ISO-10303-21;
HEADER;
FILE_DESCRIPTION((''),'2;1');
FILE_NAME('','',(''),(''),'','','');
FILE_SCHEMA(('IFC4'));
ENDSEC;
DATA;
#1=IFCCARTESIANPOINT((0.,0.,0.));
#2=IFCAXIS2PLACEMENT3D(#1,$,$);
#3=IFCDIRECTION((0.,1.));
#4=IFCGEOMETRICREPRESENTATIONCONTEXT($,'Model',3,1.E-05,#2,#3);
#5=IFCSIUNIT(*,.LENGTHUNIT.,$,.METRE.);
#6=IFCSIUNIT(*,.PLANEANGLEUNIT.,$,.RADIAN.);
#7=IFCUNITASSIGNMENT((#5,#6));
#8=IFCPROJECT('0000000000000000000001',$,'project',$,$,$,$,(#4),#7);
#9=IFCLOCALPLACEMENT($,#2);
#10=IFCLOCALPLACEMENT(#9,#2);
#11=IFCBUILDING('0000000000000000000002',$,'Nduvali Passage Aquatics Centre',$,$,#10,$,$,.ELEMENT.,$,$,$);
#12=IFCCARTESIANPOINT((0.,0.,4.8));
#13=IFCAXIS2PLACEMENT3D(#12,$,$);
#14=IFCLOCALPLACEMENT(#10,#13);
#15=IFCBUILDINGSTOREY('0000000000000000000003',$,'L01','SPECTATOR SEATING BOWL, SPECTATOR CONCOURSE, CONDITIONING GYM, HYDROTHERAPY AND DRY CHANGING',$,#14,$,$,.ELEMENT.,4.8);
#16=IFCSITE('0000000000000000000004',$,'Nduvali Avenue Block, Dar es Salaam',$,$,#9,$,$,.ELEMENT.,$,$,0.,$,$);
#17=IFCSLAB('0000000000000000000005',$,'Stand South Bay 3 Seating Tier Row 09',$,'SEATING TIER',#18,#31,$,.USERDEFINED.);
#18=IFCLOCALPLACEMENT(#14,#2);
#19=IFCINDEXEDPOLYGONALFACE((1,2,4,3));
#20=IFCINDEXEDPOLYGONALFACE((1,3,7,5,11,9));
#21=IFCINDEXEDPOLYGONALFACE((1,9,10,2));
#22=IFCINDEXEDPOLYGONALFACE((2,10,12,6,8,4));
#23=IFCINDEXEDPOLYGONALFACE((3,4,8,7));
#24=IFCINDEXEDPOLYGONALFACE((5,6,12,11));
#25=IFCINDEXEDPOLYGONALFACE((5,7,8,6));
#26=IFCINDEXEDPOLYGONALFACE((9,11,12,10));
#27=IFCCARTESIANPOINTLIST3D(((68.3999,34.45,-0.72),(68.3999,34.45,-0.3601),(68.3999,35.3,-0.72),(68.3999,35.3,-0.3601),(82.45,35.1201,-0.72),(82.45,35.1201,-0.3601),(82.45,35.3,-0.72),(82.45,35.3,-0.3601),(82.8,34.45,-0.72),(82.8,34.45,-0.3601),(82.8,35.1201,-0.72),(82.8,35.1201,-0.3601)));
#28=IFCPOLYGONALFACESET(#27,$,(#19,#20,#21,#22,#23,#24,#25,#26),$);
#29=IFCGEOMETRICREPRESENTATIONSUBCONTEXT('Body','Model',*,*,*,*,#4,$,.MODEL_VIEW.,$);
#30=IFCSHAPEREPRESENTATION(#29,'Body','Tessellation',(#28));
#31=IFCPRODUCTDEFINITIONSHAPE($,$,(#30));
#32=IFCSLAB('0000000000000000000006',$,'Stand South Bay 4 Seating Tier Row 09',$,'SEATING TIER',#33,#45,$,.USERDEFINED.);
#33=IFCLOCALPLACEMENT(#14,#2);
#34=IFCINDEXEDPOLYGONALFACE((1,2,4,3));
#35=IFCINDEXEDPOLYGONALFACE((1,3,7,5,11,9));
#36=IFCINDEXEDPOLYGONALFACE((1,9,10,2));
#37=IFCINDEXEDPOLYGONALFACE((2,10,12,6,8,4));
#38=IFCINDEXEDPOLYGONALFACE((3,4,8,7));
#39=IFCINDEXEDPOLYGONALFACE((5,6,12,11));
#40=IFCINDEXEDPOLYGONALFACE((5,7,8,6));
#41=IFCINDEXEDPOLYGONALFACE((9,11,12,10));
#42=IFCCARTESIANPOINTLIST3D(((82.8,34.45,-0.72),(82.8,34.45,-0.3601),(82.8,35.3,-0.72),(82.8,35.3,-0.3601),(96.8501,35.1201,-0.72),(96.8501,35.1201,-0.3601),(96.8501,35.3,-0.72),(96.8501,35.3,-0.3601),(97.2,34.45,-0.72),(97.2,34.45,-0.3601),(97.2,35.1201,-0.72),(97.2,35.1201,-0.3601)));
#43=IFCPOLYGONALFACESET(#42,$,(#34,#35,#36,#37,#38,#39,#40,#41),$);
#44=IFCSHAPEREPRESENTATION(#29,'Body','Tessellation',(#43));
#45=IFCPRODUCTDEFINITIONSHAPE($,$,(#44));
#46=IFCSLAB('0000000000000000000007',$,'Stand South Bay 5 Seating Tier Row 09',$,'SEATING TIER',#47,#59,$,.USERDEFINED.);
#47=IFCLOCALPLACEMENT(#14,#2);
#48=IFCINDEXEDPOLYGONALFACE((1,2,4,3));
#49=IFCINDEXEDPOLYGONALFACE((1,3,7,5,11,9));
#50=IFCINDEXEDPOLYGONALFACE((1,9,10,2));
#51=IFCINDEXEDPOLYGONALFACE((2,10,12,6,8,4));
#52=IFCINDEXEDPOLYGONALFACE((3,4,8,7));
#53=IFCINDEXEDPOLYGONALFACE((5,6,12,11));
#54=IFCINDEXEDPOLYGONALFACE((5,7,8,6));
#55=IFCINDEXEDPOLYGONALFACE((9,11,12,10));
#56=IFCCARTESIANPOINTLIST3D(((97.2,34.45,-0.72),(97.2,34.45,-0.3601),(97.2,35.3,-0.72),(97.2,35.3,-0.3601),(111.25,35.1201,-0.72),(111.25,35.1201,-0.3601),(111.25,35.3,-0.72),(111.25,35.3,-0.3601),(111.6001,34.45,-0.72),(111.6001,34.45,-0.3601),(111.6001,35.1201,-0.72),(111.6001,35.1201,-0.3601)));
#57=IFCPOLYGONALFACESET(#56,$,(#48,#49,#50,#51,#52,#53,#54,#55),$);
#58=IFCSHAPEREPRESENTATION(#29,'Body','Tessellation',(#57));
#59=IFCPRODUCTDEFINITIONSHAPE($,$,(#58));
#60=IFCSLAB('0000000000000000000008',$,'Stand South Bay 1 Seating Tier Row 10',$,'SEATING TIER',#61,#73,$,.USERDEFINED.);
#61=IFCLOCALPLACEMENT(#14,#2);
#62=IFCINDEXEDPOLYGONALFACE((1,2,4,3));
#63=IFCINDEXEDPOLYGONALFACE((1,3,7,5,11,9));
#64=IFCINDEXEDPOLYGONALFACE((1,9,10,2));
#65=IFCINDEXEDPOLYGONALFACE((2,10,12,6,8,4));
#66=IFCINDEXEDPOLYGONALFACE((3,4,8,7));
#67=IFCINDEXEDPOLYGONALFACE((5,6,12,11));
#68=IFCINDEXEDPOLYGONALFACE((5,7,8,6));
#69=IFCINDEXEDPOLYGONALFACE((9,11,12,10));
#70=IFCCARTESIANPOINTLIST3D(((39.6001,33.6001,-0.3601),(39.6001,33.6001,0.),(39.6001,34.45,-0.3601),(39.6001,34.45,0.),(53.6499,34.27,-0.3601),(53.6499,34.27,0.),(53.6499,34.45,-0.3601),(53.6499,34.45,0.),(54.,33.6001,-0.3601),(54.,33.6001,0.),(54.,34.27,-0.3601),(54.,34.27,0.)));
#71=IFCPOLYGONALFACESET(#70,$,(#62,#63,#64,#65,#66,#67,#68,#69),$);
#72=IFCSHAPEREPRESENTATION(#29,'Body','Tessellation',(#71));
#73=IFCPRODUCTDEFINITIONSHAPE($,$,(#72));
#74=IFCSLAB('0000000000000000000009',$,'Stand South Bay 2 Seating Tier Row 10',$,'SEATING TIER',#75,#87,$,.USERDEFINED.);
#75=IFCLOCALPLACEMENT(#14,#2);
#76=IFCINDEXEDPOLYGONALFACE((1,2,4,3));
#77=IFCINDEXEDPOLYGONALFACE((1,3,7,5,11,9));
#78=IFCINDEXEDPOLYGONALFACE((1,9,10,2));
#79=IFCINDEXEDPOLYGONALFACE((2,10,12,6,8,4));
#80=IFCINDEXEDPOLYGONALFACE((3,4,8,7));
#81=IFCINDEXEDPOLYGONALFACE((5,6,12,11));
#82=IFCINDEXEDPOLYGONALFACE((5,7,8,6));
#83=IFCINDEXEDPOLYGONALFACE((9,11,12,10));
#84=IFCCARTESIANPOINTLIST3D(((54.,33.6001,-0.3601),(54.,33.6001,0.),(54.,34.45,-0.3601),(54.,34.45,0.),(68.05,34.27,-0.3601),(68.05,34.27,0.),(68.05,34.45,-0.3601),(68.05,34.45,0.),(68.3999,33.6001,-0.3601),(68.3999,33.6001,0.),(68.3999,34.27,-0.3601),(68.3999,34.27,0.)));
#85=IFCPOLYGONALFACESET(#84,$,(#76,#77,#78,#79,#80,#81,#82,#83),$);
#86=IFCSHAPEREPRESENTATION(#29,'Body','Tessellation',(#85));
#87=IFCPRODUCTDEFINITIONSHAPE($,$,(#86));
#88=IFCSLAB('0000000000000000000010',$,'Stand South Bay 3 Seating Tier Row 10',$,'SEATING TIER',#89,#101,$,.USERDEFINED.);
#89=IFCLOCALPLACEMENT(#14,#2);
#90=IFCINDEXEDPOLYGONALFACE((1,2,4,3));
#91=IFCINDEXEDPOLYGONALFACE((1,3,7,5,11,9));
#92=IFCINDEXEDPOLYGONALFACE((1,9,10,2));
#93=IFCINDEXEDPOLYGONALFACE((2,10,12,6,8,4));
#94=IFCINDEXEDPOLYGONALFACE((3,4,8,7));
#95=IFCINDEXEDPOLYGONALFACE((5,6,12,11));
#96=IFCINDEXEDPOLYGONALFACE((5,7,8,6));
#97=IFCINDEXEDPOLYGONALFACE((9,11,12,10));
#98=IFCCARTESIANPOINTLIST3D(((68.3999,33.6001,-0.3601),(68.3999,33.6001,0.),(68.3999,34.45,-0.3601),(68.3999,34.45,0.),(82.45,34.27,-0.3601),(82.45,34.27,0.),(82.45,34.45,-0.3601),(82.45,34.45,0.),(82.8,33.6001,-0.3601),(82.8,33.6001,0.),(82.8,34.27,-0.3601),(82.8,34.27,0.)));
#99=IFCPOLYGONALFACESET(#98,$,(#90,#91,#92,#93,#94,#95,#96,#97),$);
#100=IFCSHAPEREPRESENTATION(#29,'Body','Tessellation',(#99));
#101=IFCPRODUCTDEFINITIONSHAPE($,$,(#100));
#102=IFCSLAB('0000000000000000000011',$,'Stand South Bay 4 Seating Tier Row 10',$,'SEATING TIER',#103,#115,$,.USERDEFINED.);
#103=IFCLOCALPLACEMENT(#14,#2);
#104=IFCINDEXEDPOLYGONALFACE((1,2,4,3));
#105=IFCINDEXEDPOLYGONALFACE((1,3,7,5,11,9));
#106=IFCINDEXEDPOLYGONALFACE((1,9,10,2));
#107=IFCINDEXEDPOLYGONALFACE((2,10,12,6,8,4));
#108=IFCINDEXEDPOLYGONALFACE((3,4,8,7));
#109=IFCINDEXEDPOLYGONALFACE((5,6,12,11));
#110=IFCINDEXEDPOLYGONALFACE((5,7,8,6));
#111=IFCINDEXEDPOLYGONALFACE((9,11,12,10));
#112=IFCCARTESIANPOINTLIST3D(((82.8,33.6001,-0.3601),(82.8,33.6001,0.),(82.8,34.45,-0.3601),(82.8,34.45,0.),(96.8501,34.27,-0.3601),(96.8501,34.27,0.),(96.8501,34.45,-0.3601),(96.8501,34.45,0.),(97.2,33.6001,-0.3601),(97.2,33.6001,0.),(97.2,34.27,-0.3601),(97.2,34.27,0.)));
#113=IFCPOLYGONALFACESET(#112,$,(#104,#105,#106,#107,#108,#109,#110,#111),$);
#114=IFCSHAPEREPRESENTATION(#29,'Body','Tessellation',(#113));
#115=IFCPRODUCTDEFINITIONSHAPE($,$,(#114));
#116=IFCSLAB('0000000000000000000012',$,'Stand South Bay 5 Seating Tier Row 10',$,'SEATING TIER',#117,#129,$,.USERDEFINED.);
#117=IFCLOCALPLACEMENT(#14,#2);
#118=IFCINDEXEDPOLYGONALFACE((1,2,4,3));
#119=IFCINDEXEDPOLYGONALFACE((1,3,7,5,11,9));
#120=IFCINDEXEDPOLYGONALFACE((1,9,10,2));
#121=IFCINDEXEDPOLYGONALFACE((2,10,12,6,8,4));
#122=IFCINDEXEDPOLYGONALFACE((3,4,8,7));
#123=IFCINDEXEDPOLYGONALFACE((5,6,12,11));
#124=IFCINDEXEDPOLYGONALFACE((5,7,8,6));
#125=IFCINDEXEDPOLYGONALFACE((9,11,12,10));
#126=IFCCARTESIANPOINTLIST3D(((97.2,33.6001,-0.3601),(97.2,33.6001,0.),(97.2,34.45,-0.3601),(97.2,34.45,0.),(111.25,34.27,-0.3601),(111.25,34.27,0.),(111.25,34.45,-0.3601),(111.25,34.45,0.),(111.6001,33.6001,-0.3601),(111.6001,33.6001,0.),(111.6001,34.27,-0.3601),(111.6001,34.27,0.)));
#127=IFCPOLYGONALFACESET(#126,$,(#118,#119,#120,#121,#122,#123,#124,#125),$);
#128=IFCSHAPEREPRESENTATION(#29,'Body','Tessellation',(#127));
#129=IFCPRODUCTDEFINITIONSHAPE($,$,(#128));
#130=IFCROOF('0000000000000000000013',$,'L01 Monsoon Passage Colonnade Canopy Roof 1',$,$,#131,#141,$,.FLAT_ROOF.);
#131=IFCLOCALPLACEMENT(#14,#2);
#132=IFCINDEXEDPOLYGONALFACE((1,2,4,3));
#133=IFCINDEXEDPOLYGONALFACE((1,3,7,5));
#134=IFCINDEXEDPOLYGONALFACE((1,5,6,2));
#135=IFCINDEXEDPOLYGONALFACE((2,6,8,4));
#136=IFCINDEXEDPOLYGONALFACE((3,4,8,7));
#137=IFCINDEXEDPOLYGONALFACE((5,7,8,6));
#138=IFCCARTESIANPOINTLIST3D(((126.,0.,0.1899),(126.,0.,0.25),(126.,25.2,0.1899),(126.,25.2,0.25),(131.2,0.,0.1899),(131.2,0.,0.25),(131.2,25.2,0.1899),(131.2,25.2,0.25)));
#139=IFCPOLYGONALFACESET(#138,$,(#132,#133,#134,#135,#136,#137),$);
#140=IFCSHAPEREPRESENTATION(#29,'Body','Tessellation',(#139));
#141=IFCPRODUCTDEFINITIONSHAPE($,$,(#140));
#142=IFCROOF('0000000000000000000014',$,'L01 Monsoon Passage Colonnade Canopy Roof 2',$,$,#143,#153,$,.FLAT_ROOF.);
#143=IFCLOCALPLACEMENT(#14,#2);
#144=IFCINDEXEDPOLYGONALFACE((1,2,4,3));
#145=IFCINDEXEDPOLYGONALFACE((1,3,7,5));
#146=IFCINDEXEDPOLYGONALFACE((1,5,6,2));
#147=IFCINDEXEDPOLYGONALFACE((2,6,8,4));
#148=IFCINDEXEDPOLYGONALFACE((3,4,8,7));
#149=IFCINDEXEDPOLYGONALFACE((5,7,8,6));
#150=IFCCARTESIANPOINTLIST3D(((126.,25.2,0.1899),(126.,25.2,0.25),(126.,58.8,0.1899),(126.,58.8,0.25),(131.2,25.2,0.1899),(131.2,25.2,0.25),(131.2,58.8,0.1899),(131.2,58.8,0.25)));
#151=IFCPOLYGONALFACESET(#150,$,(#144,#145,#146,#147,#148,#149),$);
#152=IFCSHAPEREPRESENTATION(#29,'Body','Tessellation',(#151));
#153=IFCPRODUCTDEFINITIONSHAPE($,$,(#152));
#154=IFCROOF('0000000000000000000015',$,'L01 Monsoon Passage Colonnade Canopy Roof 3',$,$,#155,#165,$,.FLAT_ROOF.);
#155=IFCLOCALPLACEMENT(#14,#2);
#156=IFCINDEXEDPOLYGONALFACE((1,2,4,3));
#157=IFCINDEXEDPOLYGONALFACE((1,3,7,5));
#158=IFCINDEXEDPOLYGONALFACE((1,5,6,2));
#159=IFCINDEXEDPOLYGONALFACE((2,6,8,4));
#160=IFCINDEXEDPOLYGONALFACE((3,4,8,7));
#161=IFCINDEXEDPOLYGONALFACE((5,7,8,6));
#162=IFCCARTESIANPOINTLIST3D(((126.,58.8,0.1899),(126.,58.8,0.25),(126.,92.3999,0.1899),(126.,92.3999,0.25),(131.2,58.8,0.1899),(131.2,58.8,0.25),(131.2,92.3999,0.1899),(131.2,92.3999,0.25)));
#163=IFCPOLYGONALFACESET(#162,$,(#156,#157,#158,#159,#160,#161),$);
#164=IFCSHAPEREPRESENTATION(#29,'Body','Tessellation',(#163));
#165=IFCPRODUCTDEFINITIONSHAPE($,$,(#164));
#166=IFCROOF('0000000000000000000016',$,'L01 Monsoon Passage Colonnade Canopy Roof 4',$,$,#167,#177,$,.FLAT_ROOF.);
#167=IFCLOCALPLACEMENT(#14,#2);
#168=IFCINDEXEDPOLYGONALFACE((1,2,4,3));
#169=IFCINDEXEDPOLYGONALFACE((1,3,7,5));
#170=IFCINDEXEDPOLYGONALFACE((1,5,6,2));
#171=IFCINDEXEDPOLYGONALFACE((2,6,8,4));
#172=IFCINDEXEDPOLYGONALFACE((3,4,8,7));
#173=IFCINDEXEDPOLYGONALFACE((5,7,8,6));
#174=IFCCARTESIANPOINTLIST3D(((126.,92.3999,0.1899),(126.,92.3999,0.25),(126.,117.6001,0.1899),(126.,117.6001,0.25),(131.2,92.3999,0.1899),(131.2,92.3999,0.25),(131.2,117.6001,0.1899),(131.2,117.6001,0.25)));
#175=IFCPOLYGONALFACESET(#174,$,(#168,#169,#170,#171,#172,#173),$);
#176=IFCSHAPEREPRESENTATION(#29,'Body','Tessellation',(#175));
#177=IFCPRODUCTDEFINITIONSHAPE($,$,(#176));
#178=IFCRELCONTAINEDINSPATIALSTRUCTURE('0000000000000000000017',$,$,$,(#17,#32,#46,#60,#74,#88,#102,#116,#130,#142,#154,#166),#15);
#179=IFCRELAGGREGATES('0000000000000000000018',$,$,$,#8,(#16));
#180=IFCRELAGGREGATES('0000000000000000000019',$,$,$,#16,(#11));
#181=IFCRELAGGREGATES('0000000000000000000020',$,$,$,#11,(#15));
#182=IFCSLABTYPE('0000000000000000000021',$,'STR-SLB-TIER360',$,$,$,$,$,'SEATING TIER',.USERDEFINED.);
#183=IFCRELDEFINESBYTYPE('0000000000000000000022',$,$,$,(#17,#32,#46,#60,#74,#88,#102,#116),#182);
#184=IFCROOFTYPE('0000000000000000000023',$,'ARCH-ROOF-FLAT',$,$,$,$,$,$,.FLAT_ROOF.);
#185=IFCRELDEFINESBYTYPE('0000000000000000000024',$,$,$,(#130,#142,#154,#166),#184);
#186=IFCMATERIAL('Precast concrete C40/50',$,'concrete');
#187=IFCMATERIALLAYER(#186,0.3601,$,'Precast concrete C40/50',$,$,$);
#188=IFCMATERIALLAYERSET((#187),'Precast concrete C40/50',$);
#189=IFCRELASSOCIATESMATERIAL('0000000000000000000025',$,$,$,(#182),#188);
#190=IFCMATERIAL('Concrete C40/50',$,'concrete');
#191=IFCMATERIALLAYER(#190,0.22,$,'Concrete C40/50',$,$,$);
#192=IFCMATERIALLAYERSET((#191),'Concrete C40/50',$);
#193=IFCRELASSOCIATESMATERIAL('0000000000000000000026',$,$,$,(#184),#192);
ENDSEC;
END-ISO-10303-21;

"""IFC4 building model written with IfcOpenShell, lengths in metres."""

from ifc_helpers import new_model, si_unit, direction, frame, origin, place, context, subcontext, project, spatial, polyline, outline, extrude, material, layer, layer_set, type_object, element, save


model = new_model("IFC4")

# Units and contexts
model_context = context("Model", 3, precision=1e-05, world=origin(), true_north=direction((0.0, 1.0)))
body_context = subcontext(model_context, "Body", "Model", "MODEL_VIEW")
ifc_project = project(units=[si_unit("LENGTHUNIT", "METRE"), si_unit("PLANEANGLEUNIT", "RADIAN")], contexts=[model_context])

# Site, building, storey
site_placement = place(None, origin())
site = spatial("IfcSite", under=ifc_project, at=site_placement, Name="Nduvali Avenue Block, Dar es Salaam", CompositionType="ELEMENT", RefElevation=0.0)
building_placement = place(site_placement, origin())
building = spatial("IfcBuilding", under=site, at=building_placement, Name="Nduvali Passage Aquatics Centre", CompositionType="ELEMENT")
storey_placement = place(building_placement, frame((0.0, 0.0, 4.8)))
storey = spatial("IfcBuildingStorey", under=building, at=storey_placement, Name="L01", Description="SPECTATOR SEATING BOWL, SPECTATOR CONCOURSE, CONDITIONING GYM, HYDROTHERAPY AND DRY CHANGING", CompositionType="ELEMENT", Elevation=4.8)

# Slabs
ifc_material_1 = material(Name="Concrete C40/50", Category="concrete")
ifc_material_2 = material(Name="Precast concrete C40/50", Category="concrete")
ifc_layer_1 = layer(ifc_material_2, 0.3601, Name="Precast concrete C40/50")
ifc_layer_set_1 = layer_set([ifc_layer_1], Name="Precast concrete C40/50")
slab_type_1 = type_object("IfcSlabType", Name="STR-SLB-TIER360", ElementType="SEATING TIER", PredefinedType="USERDEFINED", material=ifc_layer_set_1)
slab_1_placement = place(storey_placement, frame((0.0, 0.0, -0.72)))
element("IfcSlab", 1, at=slab_1_placement, inside=storey, type_object=slab_type_1, Name="Stand South Bay 3 Seating Tier Row 09", ObjectType="SEATING TIER", PredefinedType="USERDEFINED", context=body_context, shape_type="SweptSolid", body=[
    extrude(outline(polyline([(68.3999, 34.45), (82.8, 34.45), (82.8, 35.1201), (82.45, 35.1201), (82.45, 35.3), (68.3999, 35.3), (68.3999, 34.45)])), origin(), (0.0, 0.0, 1.0), 0.3599),
])
slab_2_placement = place(storey_placement, frame((0.0, 0.0, -0.72)))
element("IfcSlab", 2, at=slab_2_placement, inside=storey, type_object=slab_type_1, Name="Stand South Bay 4 Seating Tier Row 09", ObjectType="SEATING TIER", PredefinedType="USERDEFINED", context=body_context, shape_type="SweptSolid", body=[
    extrude(outline(polyline([(82.8, 34.45), (97.2, 34.45), (97.2, 35.1201), (96.8501, 35.1201), (96.8501, 35.3), (82.8, 35.3), (82.8, 34.45)])), origin(), (0.0, 0.0, 1.0), 0.3599),
])
slab_3_placement = place(storey_placement, frame((0.0, 0.0, -0.72)))
element("IfcSlab", 3, at=slab_3_placement, inside=storey, type_object=slab_type_1, Name="Stand South Bay 5 Seating Tier Row 09", ObjectType="SEATING TIER", PredefinedType="USERDEFINED", context=body_context, shape_type="SweptSolid", body=[
    extrude(outline(polyline([(97.2, 34.45), (111.6001, 34.45), (111.6001, 35.1201), (111.25, 35.1201), (111.25, 35.3), (97.2, 35.3), (97.2, 34.45)])), origin(), (0.0, 0.0, 1.0), 0.3599),
])
slab_4_placement = place(storey_placement, frame((0.0, 0.0, -0.3601)))
element("IfcSlab", 4, at=slab_4_placement, inside=storey, type_object=slab_type_1, Name="Stand South Bay 1 Seating Tier Row 10", ObjectType="SEATING TIER", PredefinedType="USERDEFINED", context=body_context, shape_type="SweptSolid", body=[
    extrude(outline(polyline([(39.6001, 33.6001), (54.0, 33.6001), (54.0, 34.27), (53.6499, 34.27), (53.6499, 34.45), (39.6001, 34.45), (39.6001, 33.6001)])), origin(), (0.0, 0.0, 1.0), 0.3601),
])
slab_5_placement = place(storey_placement, frame((0.0, 0.0, -0.3601)))
element("IfcSlab", 5, at=slab_5_placement, inside=storey, type_object=slab_type_1, Name="Stand South Bay 2 Seating Tier Row 10", ObjectType="SEATING TIER", PredefinedType="USERDEFINED", context=body_context, shape_type="SweptSolid", body=[
    extrude(outline(polyline([(54.0, 33.6001), (68.3999, 33.6001), (68.3999, 34.27), (68.05, 34.27), (68.05, 34.45), (54.0, 34.45), (54.0, 33.6001)])), origin(), (0.0, 0.0, 1.0), 0.3601),
])
slab_6_placement = place(storey_placement, frame((0.0, 0.0, -0.3601)))
element("IfcSlab", 6, at=slab_6_placement, inside=storey, type_object=slab_type_1, Name="Stand South Bay 3 Seating Tier Row 10", ObjectType="SEATING TIER", PredefinedType="USERDEFINED", context=body_context, shape_type="SweptSolid", body=[
    extrude(outline(polyline([(68.3999, 33.6001), (82.8, 33.6001), (82.8, 34.27), (82.45, 34.27), (82.45, 34.45), (68.3999, 34.45), (68.3999, 33.6001)])), origin(), (0.0, 0.0, 1.0), 0.3601),
])
slab_7_placement = place(storey_placement, frame((0.0, 0.0, -0.3601)))
element("IfcSlab", 7, at=slab_7_placement, inside=storey, type_object=slab_type_1, Name="Stand South Bay 4 Seating Tier Row 10", ObjectType="SEATING TIER", PredefinedType="USERDEFINED", context=body_context, shape_type="SweptSolid", body=[
    extrude(outline(polyline([(82.8, 33.6001), (97.2, 33.6001), (97.2, 34.27), (96.8501, 34.27), (96.8501, 34.45), (82.8, 34.45), (82.8, 33.6001)])), origin(), (0.0, 0.0, 1.0), 0.3601),
])
slab_8_placement = place(storey_placement, frame((0.0, 0.0, -0.3601)))
element("IfcSlab", 8, at=slab_8_placement, inside=storey, type_object=slab_type_1, Name="Stand South Bay 5 Seating Tier Row 10", ObjectType="SEATING TIER", PredefinedType="USERDEFINED", context=body_context, shape_type="SweptSolid", body=[
    extrude(outline(polyline([(97.2, 33.6001), (111.6001, 33.6001), (111.6001, 34.27), (111.25, 34.27), (111.25, 34.45), (97.2, 34.45), (97.2, 33.6001)])), origin(), (0.0, 0.0, 1.0), 0.3601),
])

# Roofs
ifc_layer_2 = layer(ifc_material_1, 0.22, Name="Concrete C40/50")
ifc_layer_set_2 = layer_set([ifc_layer_2], Name="Concrete C40/50")
roof_type = type_object("IfcRoofType", Name="ARCH-ROOF-FLAT", PredefinedType="FLAT_ROOF", material=ifc_layer_set_2)
roof_1_placement = place(storey_placement, frame((0.0, 0.0, 0.1899)))
element("IfcRoof", 9, at=roof_1_placement, inside=storey, type_object=roof_type, Name="L01 Monsoon Passage Colonnade Canopy Roof 1", PredefinedType="FLAT_ROOF", context=body_context, shape_type="SweptSolid", body=[
    extrude(outline(polyline([(126.0, 0.0), (131.2, 0.0), (131.2, 25.2), (126.0, 25.2), (126.0, 0.0)])), origin(), (0.0, 0.0, 1.0), 0.0601),
])
roof_2_placement = place(storey_placement, frame((0.0, 0.0, 0.1899)))
element("IfcRoof", 10, at=roof_2_placement, inside=storey, type_object=roof_type, Name="L01 Monsoon Passage Colonnade Canopy Roof 2", PredefinedType="FLAT_ROOF", context=body_context, shape_type="SweptSolid", body=[
    extrude(outline(polyline([(126.0, 25.2), (131.2, 25.2), (131.2, 58.8), (126.0, 58.8), (126.0, 25.2)])), origin(), (0.0, 0.0, 1.0), 0.0601),
])
roof_3_placement = place(storey_placement, frame((0.0, 0.0, 0.1899)))
element("IfcRoof", 11, at=roof_3_placement, inside=storey, type_object=roof_type, Name="L01 Monsoon Passage Colonnade Canopy Roof 3", PredefinedType="FLAT_ROOF", context=body_context, shape_type="SweptSolid", body=[
    extrude(outline(polyline([(126.0, 58.8), (131.2, 58.8), (131.2, 92.3999), (126.0, 92.3999), (126.0, 58.8)])), origin(), (0.0, 0.0, 1.0), 0.0601),
])
roof_4_placement = place(storey_placement, frame((0.0, 0.0, 0.1899)))
element("IfcRoof", 12, at=roof_4_placement, inside=storey, type_object=roof_type, Name="L01 Monsoon Passage Colonnade Canopy Roof 4", PredefinedType="FLAT_ROOF", context=body_context, shape_type="SweptSolid", body=[
    extrude(outline(polyline([(126.0, 92.3999), (131.2, 92.3999), (131.2, 117.6001), (126.0, 117.6001), (126.0, 92.3999)])), origin(), (0.0, 0.0, 1.0), 0.0601),
])

save(model, "model.ifc")
